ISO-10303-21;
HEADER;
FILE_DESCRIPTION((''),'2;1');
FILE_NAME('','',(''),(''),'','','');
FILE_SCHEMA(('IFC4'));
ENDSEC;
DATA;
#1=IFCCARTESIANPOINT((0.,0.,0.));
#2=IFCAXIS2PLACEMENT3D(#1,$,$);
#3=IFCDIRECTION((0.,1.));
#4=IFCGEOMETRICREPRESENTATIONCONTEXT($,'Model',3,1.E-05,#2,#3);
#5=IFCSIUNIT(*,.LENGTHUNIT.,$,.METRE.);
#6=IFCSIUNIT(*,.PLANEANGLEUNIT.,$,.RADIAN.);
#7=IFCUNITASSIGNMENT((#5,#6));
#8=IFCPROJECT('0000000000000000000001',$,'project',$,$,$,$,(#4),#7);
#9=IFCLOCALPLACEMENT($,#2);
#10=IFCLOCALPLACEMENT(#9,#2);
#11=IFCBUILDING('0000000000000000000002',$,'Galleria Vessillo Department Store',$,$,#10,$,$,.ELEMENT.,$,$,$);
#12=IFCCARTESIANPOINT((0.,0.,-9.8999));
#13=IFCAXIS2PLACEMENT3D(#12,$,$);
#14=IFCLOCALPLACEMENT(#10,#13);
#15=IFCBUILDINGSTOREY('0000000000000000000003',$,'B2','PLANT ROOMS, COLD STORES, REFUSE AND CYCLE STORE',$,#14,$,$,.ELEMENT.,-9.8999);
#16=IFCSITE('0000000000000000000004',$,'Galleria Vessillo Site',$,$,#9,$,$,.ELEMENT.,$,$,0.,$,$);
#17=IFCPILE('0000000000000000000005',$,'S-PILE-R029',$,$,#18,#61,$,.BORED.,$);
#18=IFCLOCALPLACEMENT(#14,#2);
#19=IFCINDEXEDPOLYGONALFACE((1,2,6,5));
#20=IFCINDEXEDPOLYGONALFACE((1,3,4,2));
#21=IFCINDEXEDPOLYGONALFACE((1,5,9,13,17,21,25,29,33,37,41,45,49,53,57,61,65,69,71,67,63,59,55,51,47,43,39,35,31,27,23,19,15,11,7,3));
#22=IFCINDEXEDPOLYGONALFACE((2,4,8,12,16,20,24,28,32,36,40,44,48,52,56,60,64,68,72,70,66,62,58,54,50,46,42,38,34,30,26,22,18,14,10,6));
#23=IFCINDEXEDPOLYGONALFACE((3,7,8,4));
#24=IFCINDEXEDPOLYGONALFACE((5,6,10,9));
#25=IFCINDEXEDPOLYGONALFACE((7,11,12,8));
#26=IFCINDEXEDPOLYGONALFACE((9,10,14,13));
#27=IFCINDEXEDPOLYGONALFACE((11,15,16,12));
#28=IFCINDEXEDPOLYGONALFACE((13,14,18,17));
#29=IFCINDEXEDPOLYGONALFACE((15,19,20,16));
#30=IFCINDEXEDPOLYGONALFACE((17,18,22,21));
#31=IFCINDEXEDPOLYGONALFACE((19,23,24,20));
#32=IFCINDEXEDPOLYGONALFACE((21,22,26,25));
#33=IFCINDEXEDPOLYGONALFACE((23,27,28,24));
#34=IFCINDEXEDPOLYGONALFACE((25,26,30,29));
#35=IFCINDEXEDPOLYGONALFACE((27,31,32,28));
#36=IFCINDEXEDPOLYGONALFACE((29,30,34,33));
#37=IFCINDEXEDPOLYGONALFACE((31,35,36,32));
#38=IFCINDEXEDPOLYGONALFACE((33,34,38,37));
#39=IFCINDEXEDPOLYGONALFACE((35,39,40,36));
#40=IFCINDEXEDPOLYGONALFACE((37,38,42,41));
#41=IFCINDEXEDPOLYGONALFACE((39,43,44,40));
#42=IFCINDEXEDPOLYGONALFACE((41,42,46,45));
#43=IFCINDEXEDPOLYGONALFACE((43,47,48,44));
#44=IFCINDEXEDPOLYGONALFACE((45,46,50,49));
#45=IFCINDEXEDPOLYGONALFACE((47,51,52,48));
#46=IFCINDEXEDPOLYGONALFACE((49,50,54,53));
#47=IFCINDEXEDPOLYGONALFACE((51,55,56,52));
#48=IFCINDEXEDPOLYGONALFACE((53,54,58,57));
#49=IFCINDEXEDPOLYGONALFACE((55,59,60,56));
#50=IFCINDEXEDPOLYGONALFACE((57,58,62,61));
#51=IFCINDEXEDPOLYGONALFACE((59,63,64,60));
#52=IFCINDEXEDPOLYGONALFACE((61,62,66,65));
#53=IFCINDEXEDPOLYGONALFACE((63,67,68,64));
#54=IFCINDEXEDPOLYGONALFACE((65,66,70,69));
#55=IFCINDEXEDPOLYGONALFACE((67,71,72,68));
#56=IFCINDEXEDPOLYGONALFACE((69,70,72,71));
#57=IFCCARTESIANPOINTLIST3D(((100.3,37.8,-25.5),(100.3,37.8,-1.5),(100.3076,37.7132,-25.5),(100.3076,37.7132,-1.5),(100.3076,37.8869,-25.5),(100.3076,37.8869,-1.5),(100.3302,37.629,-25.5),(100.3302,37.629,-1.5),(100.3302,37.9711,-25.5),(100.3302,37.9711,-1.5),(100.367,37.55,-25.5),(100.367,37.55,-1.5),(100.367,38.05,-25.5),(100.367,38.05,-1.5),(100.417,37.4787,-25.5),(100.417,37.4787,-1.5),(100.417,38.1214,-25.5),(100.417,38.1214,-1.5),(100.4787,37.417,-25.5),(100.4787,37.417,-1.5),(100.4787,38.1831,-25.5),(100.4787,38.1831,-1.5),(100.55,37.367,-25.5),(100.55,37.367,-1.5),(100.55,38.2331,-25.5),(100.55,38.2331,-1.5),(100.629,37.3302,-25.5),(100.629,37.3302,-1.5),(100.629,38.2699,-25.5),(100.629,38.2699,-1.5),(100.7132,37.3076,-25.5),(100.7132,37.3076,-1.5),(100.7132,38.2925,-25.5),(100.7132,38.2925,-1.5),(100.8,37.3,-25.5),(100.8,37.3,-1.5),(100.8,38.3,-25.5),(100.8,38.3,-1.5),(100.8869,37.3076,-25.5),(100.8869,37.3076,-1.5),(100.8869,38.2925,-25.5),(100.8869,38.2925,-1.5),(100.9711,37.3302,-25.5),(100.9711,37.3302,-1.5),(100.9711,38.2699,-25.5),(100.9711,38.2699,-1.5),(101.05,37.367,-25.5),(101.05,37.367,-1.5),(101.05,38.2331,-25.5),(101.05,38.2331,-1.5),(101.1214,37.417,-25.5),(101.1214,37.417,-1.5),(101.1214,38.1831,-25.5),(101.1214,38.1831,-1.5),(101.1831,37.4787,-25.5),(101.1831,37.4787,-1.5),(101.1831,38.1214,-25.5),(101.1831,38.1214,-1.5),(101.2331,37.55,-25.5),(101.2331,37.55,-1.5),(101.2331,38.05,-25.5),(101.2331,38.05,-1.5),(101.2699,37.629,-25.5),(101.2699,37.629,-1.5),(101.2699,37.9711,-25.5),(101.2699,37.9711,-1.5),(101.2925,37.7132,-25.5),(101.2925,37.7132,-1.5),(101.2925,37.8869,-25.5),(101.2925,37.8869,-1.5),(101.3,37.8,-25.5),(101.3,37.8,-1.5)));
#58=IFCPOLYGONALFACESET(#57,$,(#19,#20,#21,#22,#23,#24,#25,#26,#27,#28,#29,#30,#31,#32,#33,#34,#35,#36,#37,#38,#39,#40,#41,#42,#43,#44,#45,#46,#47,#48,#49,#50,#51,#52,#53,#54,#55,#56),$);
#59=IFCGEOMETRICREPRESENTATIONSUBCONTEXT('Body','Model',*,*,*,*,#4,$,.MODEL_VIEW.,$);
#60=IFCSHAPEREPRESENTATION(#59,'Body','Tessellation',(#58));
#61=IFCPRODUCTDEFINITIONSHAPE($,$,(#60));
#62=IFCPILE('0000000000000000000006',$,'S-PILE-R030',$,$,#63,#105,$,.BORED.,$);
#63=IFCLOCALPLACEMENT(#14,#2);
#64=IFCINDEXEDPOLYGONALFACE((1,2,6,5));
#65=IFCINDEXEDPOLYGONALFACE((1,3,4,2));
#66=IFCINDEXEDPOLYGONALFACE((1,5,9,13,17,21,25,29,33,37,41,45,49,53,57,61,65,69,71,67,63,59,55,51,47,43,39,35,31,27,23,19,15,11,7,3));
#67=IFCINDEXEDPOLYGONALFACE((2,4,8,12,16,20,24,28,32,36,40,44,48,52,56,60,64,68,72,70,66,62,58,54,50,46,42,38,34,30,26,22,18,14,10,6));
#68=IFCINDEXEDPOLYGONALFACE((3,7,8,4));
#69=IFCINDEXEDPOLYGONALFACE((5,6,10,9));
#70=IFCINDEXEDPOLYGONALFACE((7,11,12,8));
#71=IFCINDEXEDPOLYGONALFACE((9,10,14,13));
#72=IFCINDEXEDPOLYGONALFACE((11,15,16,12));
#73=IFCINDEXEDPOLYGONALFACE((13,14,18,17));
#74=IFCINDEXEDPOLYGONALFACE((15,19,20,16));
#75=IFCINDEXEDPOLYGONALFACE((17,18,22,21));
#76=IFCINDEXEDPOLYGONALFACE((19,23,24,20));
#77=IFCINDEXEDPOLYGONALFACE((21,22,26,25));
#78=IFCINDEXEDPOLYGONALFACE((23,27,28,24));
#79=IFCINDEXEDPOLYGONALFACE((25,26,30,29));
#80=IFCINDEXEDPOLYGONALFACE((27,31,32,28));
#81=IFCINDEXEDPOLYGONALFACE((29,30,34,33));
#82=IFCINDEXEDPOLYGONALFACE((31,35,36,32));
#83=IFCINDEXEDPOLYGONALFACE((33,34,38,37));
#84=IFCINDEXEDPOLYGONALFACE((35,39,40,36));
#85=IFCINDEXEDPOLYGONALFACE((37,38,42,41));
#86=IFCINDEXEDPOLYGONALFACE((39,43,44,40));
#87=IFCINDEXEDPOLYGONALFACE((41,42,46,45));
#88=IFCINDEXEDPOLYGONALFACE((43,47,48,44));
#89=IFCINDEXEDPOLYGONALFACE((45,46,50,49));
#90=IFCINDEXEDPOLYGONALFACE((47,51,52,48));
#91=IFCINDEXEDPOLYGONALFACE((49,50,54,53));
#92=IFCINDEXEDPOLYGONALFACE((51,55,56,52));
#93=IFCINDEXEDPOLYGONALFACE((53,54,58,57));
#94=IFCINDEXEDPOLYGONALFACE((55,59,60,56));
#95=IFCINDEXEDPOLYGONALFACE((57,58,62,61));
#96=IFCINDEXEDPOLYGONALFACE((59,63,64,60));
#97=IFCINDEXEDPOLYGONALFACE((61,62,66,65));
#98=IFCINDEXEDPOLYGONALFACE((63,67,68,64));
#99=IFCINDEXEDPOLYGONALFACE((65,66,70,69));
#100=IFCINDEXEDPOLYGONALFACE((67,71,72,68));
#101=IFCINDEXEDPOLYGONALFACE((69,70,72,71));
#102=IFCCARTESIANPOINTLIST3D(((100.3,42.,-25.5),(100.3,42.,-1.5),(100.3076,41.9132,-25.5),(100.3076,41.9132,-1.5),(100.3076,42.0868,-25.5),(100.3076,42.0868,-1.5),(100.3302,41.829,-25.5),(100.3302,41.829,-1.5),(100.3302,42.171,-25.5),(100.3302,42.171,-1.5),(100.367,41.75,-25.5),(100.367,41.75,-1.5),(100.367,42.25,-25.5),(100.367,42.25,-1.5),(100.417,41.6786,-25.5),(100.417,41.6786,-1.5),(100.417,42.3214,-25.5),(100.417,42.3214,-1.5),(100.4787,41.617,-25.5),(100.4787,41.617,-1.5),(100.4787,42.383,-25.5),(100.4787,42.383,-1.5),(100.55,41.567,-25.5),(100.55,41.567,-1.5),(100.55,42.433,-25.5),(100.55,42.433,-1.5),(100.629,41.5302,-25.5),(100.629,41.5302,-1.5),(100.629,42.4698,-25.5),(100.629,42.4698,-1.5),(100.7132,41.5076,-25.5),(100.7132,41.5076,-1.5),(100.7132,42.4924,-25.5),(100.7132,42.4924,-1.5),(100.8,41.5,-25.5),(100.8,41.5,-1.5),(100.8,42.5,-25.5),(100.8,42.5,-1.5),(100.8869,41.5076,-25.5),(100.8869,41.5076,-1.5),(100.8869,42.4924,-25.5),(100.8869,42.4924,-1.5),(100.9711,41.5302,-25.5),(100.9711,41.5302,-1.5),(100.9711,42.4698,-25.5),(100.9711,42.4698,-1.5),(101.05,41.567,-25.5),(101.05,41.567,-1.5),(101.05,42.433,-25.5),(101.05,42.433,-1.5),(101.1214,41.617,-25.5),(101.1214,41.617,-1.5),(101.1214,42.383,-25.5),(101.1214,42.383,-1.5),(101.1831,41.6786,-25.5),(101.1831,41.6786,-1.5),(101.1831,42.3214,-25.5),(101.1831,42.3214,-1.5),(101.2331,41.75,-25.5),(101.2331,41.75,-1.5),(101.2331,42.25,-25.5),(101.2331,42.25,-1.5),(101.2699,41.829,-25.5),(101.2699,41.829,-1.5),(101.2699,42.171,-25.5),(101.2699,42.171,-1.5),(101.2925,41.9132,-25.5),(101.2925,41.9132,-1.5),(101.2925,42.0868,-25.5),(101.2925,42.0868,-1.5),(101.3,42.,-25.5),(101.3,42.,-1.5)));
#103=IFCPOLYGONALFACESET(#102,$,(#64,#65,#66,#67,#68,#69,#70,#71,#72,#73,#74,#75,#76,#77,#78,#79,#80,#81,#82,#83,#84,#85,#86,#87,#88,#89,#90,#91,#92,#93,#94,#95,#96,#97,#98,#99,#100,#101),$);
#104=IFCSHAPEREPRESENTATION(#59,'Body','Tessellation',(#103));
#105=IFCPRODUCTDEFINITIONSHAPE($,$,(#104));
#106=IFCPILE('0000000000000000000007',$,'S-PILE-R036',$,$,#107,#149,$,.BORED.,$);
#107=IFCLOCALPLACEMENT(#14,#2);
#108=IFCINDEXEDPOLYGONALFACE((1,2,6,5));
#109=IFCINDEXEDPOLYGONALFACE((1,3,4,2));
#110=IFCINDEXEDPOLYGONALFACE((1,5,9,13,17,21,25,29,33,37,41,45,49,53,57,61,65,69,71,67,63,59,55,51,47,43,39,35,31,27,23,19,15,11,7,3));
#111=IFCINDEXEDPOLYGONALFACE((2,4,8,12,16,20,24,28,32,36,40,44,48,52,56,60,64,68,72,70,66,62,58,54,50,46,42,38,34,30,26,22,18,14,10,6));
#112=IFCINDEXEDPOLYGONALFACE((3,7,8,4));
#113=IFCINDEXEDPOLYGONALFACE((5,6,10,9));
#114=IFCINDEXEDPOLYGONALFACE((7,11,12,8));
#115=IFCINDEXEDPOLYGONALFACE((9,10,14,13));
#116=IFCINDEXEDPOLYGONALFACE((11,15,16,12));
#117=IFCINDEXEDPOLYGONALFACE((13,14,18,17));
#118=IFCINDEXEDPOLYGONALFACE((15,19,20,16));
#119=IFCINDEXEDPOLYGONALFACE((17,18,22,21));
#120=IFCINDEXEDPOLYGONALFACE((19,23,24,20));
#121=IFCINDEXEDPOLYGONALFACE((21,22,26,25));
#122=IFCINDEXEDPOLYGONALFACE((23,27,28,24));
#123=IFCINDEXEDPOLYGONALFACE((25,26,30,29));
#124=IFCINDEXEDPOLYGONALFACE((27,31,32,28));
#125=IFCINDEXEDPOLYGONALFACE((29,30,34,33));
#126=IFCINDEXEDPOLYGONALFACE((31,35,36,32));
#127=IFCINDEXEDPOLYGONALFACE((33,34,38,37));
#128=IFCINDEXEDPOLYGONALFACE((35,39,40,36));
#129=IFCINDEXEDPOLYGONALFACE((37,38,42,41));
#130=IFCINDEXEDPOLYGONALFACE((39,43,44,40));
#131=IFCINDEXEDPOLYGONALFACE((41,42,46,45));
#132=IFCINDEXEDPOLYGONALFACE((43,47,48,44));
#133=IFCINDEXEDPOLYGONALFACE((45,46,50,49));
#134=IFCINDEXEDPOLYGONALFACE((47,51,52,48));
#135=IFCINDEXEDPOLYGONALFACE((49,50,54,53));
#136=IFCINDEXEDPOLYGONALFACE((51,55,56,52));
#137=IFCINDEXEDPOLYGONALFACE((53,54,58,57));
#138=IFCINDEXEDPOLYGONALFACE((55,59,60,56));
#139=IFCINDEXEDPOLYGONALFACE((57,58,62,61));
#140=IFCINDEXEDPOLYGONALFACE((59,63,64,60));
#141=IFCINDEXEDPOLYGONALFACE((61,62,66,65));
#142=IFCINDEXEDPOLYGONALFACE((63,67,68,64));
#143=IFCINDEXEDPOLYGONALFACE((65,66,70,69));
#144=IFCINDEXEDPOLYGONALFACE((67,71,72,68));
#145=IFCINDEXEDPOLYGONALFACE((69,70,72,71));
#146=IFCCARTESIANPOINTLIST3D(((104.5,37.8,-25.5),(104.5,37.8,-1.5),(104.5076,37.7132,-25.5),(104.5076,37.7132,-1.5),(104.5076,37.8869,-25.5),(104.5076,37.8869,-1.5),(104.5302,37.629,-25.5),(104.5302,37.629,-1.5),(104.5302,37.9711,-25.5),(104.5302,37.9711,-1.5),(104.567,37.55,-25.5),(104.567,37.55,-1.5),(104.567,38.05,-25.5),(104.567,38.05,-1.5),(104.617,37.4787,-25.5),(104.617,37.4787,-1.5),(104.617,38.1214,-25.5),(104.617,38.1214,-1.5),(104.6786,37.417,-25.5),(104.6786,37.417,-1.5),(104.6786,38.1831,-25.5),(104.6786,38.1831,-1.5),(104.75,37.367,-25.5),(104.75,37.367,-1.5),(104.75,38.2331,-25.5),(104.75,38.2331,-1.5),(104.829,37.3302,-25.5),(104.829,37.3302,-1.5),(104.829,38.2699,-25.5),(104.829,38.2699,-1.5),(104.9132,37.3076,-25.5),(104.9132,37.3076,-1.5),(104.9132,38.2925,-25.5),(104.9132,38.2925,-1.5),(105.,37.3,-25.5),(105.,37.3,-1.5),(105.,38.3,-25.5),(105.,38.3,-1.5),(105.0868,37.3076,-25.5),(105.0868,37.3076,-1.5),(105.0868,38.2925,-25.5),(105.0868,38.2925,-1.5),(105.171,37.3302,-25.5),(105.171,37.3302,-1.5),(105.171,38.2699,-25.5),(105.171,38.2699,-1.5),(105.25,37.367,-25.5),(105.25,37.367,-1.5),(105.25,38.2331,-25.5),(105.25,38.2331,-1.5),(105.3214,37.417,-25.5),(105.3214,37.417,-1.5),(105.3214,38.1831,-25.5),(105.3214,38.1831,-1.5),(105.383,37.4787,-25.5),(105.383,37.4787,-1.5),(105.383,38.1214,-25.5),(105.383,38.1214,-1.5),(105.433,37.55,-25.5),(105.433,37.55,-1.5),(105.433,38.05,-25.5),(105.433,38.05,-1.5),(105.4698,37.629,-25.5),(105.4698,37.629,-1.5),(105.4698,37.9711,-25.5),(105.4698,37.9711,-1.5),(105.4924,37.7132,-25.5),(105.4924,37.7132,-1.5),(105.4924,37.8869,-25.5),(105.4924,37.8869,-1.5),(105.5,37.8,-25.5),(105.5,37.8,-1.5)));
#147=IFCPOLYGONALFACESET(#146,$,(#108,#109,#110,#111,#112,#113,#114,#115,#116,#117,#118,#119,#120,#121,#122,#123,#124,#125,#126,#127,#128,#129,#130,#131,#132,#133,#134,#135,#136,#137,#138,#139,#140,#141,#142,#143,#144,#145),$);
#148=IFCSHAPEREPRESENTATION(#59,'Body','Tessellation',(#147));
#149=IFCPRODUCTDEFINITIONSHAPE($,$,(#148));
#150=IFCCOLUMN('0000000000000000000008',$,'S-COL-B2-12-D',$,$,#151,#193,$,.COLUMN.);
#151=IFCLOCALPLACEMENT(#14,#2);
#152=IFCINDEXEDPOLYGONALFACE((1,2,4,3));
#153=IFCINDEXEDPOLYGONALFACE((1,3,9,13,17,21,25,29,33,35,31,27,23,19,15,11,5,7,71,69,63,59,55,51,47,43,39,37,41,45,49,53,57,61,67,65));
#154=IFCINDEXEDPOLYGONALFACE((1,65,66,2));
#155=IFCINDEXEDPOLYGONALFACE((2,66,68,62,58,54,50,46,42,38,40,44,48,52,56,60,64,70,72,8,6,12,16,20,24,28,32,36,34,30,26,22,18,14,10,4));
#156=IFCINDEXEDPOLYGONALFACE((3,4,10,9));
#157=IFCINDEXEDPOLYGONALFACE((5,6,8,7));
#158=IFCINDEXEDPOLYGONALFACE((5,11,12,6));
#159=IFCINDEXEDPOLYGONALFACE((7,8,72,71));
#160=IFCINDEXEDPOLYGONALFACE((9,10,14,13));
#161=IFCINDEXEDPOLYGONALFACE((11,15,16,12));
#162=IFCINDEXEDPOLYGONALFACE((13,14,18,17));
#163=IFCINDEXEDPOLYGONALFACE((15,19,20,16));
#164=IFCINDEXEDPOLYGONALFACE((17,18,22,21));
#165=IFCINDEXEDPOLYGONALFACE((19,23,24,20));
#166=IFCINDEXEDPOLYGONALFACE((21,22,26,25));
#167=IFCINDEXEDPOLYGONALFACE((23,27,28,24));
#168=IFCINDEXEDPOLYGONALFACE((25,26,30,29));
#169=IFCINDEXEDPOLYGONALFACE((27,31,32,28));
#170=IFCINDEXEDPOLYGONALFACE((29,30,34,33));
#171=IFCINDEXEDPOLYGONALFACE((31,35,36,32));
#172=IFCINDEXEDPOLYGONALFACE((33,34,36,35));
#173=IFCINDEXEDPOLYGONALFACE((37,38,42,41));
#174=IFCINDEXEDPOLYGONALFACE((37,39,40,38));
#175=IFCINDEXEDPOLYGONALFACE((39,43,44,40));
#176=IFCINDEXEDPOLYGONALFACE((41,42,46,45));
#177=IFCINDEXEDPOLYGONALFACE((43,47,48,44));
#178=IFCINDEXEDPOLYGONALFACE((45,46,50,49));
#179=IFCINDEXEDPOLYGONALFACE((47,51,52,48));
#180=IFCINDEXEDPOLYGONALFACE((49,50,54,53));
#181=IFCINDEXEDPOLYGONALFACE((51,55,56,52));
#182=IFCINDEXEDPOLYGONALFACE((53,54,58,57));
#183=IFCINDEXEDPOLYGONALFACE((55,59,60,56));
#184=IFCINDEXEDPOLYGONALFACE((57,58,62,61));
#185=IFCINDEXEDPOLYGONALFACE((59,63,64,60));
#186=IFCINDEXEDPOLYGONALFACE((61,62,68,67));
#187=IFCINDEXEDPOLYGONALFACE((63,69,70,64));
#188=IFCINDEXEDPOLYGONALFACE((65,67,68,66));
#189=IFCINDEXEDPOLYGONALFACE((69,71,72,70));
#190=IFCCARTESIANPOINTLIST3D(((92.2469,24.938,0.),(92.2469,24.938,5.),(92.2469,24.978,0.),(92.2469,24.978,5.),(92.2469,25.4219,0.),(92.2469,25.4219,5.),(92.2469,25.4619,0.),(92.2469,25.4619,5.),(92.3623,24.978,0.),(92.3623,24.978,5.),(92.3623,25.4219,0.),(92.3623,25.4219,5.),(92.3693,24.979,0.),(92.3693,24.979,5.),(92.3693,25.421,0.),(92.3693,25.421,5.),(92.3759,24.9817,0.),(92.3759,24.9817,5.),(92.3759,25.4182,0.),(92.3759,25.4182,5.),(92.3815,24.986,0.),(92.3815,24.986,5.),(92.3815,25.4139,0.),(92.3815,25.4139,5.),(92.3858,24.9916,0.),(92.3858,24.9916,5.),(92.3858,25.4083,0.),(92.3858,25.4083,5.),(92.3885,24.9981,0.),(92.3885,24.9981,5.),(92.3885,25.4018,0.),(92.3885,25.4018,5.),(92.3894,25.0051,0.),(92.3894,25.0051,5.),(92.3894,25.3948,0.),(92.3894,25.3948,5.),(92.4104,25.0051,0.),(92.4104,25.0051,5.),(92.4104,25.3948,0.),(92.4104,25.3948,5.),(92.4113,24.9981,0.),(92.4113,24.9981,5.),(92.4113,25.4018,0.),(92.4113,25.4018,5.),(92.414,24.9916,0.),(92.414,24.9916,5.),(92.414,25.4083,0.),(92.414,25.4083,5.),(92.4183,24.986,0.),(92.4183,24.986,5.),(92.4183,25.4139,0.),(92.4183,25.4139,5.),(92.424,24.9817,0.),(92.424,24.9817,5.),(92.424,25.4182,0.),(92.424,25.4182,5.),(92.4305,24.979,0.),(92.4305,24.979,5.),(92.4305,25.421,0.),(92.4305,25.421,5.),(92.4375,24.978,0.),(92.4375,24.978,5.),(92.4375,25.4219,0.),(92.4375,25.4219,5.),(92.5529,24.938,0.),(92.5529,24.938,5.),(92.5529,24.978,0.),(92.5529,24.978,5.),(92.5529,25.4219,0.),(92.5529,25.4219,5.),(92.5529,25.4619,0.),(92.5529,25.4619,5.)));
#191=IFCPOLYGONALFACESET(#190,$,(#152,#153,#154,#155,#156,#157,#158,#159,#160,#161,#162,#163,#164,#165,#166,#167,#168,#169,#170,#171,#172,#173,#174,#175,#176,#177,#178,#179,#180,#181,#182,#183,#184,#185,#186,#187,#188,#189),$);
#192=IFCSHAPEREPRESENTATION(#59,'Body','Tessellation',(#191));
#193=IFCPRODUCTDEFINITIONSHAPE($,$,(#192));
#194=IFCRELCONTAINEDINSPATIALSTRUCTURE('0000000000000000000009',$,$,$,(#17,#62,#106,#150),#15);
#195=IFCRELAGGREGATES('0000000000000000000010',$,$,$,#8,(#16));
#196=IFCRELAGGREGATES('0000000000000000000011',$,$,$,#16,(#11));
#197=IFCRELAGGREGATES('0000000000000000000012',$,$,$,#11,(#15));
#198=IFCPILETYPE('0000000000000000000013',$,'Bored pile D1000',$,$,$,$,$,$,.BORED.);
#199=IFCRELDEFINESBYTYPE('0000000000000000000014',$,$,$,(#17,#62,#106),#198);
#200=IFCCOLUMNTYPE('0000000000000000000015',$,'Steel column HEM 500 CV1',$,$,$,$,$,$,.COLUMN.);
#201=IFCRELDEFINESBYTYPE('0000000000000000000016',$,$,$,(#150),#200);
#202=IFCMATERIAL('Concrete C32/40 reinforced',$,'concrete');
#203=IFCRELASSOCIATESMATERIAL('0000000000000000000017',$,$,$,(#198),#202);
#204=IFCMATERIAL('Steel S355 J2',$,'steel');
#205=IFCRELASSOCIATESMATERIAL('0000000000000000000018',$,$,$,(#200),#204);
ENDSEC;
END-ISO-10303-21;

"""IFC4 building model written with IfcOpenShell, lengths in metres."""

from ifc_helpers import new_model, si_unit, direction, frame, origin, origin_2d, place, context, subcontext, project, spatial, circle, i_section, extrude, material, material_profile, profile_set, type_object, element, save


model = new_model("IFC4")

# Units and contexts
model_context = context("Model", 3, precision=1e-05, world=origin(), true_north=direction((0.0, 1.0)))
body_context = subcontext(model_context, "Body", "Model", "MODEL_VIEW")
ifc_project = project(units=[si_unit("LENGTHUNIT", "METRE"), si_unit("PLANEANGLEUNIT", "RADIAN")], contexts=[model_context])

# Site, building, storey
site_placement = place(None, origin())
site = spatial("IfcSite", under=ifc_project, at=site_placement, Name="Galleria Vessillo Site", CompositionType="ELEMENT", RefElevation=0.0)
building_placement = place(site_placement, origin())
building = spatial("IfcBuilding", under=site, at=building_placement, Name="Galleria Vessillo Department Store", CompositionType="ELEMENT")
storey_placement = place(building_placement, frame((0.0, 0.0, -9.8999)))
storey = spatial("IfcBuildingStorey", under=building, at=storey_placement, Name="B2", Description="PLANT ROOMS, COLD STORES, REFUSE AND CYCLE STORE", CompositionType="ELEMENT", Elevation=-9.8999)

# Piles
ifc_material_1 = material(Name="Concrete C32/40 reinforced", Category="concrete")
ifc_material_profile_1 = material_profile(ifc_material_1, circle(Radius=0.5, at=origin_2d()), Name="Bored pile D1000")
ifc_profile_set_1 = profile_set([ifc_material_profile_1], Name="Concrete C32/40 reinforced")
pile_type = type_object("IfcPileType", Name="Bored pile D1000", PredefinedType="BORED", material=ifc_profile_set_1)
for number, where, z_axis, x_axis, name in (
    (1, (100.8, 37.8, -1.5), (0.0, 0.0, -1.0), (1.0, 0.0, 0.0), "S-PILE-R029"),
    (2, (100.8, 42.0, -1.5), (0.0, 0.0, -1.0), (1.0, 0.0, 0.0), "S-PILE-R030"),
    (3, (105.0, 37.8, -1.5), (0.0, 0.0, -1.0), (1.0, 0.0, 0.0), "S-PILE-R036"),
):
    element("IfcPile", number, at=place(storey_placement, frame(where, z_axis=z_axis, x_axis=x_axis)), inside=storey, type_object=pile_type, Name=name, PredefinedType="BORED", context=body_context, shape_type="SweptSolid", body=[
        extrude(circle(Radius=0.5, at=origin_2d()), origin(), (0.0, 0.0, 1.0), 24.0),
    ])

# Column
ifc_material_2 = material(Name="Steel S355 J2", Category="steel")
ifc_material_profile_2 = material_profile(ifc_material_2, i_section(OverallWidth=0.3059, OverallDepth=0.5239, WebThickness=0.021, FlangeThickness=0.04, FilletRadius=0.0271, at=origin_2d()), Name="HEM 500")
ifc_profile_set_2 = profile_set([ifc_material_profile_2], Name="Steel S355 J2")
column_type_1 = type_object("IfcColumnType", Name="Steel column HEM 500 CV1", PredefinedType="COLUMN", material=ifc_profile_set_2)
column_1_placement = place(storey_placement, frame((92.3999, 25.2, 0.0), z_axis=(0.0, 0.0, 1.0), x_axis=(1.0, 0.0, 0.0)))
element("IfcColumn", 4, at=column_1_placement, inside=storey, type_object=column_type_1, Name="S-COL-B2-12-D", PredefinedType="COLUMN", context=body_context, shape_type="SweptSolid", body=[
    extrude(i_section(OverallWidth=0.3059, OverallDepth=0.5239, WebThickness=0.021, FlangeThickness=0.04, FilletRadius=0.0271, at=origin_2d()), origin(), (0.0, 0.0, 1.0), 5.0),
])

save(model, "model.ifc")
